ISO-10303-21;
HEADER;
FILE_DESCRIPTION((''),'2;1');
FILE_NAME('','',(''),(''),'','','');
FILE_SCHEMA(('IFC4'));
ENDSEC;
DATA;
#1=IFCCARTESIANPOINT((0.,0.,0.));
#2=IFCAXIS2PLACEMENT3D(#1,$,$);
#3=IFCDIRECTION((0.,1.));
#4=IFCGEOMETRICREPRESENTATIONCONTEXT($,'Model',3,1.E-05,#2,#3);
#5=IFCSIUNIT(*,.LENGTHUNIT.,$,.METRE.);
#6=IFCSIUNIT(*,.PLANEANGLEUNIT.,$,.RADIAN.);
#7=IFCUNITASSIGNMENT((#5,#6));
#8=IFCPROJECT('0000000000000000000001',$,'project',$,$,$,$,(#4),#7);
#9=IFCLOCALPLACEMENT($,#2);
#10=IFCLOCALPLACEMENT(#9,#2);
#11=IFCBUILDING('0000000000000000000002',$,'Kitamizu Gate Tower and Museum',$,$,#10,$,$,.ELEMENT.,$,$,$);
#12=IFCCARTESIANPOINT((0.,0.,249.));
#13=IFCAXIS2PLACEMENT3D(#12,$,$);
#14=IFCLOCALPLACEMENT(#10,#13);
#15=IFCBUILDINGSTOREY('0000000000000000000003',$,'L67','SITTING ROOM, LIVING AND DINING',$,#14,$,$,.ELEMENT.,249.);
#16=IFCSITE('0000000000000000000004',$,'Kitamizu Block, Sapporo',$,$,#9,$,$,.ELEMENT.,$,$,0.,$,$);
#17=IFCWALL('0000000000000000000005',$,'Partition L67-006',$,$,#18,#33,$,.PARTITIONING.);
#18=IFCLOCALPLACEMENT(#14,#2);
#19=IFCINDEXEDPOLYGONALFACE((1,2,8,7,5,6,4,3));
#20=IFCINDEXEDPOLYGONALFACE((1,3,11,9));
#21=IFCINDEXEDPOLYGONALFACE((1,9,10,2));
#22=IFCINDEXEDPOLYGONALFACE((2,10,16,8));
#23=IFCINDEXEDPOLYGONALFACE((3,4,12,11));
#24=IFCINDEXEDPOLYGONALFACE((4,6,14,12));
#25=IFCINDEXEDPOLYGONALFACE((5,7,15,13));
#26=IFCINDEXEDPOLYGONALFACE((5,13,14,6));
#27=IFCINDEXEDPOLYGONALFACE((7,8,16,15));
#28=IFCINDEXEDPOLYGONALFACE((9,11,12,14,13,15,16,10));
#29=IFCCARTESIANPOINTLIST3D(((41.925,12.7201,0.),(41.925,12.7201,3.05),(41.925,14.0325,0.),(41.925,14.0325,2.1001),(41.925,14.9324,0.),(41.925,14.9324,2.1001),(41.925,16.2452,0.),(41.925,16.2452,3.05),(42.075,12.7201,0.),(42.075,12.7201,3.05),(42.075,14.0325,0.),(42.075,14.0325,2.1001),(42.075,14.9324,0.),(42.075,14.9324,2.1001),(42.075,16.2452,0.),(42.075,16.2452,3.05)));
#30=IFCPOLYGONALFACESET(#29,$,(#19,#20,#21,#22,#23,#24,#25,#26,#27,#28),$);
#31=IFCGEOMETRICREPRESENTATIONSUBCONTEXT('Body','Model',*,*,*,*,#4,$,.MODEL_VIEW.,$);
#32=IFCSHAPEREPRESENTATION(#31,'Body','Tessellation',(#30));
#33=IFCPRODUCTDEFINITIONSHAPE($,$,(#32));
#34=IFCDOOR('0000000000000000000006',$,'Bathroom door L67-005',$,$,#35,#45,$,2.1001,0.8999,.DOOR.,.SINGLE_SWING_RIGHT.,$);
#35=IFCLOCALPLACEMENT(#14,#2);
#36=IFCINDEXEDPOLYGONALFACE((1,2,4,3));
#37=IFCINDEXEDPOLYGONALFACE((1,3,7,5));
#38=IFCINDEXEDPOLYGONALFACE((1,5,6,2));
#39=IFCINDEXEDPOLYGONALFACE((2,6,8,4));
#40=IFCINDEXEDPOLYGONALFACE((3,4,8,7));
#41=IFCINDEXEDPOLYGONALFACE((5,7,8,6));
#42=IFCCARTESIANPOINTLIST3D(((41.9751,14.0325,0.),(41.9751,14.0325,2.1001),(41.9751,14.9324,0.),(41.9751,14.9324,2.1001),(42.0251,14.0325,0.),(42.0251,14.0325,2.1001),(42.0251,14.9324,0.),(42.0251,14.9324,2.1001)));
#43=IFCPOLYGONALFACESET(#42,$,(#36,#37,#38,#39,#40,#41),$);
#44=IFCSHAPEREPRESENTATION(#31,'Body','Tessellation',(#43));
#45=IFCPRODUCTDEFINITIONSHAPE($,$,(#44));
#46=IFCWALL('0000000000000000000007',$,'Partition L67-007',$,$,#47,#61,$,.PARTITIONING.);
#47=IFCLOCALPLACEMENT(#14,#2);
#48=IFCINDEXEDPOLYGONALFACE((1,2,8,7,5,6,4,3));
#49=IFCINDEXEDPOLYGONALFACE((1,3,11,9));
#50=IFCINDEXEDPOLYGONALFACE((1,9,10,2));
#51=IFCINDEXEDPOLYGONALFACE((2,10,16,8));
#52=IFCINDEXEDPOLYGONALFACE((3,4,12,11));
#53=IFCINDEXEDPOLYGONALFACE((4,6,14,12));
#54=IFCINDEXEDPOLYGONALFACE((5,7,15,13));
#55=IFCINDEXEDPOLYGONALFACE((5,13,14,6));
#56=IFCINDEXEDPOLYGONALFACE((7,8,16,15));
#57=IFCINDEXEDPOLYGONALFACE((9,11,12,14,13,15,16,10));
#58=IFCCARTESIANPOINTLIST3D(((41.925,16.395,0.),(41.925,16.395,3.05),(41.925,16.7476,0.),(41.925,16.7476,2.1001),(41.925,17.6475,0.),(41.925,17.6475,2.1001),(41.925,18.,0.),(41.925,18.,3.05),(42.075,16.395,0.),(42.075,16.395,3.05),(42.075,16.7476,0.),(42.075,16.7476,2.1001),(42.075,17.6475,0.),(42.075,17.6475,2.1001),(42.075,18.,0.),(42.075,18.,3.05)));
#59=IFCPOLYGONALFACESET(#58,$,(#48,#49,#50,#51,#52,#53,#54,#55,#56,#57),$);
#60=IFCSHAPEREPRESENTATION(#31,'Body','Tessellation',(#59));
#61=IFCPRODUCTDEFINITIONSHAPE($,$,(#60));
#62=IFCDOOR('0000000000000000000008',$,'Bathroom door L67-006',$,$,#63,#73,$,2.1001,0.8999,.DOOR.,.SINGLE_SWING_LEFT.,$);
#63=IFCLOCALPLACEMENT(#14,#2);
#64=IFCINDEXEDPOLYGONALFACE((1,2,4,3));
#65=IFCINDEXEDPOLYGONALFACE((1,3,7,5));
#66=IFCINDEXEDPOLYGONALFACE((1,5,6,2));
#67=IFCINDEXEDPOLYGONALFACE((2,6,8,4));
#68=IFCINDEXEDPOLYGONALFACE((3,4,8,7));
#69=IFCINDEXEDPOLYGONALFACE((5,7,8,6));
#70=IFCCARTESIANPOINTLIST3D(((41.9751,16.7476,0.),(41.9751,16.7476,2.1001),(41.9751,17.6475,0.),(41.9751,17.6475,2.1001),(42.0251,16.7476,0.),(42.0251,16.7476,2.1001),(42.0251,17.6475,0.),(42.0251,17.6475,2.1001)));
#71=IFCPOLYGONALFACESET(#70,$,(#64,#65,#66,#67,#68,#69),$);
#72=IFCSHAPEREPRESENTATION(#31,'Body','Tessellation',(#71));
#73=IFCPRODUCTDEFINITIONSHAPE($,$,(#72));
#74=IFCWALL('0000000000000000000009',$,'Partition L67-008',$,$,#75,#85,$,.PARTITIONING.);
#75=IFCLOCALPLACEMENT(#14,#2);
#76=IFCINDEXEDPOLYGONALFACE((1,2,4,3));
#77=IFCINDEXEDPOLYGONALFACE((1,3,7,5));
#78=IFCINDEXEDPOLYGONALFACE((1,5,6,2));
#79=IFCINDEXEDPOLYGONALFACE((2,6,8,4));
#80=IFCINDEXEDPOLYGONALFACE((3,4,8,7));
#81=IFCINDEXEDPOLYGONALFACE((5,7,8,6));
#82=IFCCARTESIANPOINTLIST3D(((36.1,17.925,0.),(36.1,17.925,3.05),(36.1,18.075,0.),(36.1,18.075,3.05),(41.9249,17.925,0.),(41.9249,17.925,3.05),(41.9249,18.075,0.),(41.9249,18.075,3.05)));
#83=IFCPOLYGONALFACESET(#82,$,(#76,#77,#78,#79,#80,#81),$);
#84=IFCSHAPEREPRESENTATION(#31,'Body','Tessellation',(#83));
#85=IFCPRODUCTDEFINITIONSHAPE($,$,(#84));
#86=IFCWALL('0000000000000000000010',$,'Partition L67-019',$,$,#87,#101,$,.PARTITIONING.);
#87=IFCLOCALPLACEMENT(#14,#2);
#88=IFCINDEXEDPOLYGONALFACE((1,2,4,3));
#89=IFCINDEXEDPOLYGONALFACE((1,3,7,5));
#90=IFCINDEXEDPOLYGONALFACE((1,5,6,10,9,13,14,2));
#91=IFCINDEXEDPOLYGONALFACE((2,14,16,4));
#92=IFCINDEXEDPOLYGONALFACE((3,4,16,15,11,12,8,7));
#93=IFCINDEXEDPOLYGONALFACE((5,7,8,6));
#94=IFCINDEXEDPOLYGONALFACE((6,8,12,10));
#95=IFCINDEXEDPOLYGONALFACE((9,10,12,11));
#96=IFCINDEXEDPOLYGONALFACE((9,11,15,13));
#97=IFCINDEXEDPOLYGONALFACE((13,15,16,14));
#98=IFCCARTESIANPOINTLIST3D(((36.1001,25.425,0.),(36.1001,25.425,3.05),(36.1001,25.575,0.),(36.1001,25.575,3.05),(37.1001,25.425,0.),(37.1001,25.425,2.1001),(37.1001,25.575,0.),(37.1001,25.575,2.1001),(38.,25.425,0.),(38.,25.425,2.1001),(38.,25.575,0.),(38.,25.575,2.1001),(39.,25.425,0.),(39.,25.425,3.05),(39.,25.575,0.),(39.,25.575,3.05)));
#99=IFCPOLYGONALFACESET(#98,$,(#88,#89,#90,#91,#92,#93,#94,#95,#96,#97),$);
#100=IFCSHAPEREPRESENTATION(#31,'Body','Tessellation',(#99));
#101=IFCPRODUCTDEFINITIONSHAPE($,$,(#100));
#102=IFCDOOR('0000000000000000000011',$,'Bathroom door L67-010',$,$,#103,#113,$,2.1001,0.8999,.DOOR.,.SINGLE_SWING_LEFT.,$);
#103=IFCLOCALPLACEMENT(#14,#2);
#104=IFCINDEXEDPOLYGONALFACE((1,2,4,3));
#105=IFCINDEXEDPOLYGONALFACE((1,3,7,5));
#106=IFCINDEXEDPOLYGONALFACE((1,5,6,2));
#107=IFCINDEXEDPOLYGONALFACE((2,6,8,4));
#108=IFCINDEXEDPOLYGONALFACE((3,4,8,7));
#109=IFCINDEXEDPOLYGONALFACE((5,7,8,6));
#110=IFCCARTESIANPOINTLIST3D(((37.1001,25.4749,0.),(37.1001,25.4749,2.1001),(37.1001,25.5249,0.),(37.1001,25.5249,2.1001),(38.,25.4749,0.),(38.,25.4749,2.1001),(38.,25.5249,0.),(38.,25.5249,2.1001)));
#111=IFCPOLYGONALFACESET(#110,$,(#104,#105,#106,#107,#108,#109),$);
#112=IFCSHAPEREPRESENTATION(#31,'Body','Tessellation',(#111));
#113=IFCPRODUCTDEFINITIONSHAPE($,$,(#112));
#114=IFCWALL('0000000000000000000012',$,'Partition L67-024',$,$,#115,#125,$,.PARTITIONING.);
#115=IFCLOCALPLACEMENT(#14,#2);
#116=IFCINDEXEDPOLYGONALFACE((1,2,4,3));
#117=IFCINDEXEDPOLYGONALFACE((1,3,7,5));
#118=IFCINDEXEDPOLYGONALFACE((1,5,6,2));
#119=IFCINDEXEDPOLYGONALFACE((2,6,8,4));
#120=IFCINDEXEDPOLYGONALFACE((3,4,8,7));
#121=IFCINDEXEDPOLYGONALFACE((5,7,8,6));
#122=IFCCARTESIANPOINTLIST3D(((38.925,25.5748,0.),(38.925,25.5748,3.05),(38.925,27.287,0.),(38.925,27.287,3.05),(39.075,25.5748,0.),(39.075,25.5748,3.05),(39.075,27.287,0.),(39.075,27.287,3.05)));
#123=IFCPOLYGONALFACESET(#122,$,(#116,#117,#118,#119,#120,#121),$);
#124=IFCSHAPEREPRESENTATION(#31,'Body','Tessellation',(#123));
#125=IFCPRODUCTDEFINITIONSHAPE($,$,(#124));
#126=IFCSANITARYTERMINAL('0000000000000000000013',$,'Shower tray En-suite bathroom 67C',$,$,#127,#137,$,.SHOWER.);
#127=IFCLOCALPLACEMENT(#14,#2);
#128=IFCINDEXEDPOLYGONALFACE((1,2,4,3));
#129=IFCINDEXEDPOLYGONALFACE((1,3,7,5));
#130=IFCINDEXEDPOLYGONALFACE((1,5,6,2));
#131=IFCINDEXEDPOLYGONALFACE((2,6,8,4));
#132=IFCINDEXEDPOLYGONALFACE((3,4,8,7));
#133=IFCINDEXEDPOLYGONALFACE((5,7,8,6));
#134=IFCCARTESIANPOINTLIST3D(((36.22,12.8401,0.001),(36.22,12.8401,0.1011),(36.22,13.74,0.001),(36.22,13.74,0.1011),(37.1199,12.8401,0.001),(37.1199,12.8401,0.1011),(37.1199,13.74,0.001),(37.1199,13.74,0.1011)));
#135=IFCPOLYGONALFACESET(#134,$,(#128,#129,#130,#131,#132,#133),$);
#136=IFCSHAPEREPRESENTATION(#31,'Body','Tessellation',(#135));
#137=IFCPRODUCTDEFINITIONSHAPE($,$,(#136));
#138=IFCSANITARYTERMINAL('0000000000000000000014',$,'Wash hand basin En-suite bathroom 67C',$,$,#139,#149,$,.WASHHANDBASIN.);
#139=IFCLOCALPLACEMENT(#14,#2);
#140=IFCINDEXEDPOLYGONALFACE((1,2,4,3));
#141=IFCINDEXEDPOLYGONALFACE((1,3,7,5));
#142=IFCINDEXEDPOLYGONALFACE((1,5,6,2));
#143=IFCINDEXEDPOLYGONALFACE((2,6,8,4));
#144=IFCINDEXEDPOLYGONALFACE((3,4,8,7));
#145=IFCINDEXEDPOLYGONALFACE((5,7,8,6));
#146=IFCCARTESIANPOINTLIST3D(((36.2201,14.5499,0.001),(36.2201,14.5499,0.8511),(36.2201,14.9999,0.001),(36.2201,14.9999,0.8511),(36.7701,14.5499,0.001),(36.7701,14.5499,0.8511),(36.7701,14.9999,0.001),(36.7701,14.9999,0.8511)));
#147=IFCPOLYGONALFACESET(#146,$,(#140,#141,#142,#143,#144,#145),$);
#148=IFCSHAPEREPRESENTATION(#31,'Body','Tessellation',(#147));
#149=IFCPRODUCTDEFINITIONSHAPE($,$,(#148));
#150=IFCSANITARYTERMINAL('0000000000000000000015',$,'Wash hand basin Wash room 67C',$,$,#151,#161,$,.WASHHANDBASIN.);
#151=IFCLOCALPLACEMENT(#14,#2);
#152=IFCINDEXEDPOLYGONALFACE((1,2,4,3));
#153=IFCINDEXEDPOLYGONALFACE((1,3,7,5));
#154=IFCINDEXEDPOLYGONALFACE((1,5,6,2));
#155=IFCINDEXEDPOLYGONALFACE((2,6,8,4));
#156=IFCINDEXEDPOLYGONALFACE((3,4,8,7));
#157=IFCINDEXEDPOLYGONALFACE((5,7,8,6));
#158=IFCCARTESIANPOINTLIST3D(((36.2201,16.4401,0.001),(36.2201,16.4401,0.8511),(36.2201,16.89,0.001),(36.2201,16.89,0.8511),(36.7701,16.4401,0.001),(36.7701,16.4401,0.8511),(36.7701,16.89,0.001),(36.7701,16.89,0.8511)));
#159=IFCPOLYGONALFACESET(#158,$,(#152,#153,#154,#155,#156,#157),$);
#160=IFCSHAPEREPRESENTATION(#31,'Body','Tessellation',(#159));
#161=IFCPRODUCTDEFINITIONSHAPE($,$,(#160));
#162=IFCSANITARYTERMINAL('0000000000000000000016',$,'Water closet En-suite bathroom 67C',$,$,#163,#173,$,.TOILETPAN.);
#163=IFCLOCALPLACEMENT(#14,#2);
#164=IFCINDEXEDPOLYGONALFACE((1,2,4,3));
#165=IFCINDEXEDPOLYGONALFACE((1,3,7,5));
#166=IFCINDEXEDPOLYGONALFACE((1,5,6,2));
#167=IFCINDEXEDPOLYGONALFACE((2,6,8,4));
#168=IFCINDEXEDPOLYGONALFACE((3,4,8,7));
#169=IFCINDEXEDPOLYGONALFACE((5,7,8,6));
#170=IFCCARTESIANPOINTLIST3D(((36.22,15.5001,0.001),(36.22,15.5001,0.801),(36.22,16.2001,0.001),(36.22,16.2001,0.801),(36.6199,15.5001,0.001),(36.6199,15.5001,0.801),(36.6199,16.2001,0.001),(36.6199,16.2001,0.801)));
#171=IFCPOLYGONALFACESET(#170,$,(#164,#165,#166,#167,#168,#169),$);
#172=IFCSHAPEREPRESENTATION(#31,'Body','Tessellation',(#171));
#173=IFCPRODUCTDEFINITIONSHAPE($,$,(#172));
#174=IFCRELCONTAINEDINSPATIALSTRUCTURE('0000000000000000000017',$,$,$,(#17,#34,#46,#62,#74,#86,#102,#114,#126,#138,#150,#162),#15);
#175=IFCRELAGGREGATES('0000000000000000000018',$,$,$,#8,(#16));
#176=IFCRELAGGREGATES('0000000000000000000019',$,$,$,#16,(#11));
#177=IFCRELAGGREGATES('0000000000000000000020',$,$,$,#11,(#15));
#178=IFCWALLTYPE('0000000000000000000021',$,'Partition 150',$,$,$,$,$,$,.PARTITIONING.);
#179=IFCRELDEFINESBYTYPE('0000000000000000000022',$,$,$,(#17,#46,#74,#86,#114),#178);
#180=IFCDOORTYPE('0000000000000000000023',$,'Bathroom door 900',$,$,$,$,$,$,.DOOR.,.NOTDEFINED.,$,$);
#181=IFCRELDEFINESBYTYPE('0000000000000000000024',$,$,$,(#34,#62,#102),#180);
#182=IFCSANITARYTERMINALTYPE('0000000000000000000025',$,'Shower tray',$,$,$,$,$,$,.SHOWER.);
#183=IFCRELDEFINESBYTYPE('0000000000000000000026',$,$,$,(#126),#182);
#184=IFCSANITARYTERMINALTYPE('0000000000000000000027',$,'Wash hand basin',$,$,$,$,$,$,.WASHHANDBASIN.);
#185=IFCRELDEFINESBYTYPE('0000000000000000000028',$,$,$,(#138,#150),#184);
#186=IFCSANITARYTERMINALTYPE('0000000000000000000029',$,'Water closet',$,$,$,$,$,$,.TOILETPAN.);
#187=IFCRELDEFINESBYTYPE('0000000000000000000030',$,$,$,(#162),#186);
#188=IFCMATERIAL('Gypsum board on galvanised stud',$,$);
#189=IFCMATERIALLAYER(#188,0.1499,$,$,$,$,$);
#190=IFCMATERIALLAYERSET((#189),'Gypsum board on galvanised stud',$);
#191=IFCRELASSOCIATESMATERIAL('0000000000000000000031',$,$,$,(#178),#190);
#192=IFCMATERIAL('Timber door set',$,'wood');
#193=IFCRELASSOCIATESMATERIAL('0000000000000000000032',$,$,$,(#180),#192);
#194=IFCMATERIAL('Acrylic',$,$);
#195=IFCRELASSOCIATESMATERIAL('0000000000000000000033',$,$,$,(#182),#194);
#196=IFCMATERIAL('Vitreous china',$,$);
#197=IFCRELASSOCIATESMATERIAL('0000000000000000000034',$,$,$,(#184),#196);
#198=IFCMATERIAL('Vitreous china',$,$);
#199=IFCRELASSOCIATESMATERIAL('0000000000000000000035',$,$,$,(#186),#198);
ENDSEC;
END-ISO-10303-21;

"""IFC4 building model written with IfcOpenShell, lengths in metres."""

from ifc_helpers import new_model, si_unit, direction, frame, frame_2d, origin, origin_2d, place, context, subcontext, project, spatial, rectangle, extrude, material, layer, layer_set, type_object, element, fill, save


model = new_model("IFC4")

# Units and contexts
model_context = context("Model", 3, precision=1e-05, world=origin(), true_north=direction((0.0, 1.0)))
body_context = subcontext(model_context, "Body", "Model", "MODEL_VIEW")
ifc_project = project(units=[si_unit("LENGTHUNIT", "METRE"), si_unit("PLANEANGLEUNIT", "RADIAN")], contexts=[model_context])

# Site, building, storey
site_placement = place(None, origin())
site = spatial("IfcSite", under=ifc_project, at=site_placement, Name="Kitamizu Block, Sapporo", CompositionType="ELEMENT", RefElevation=0.0)
building_placement = place(site_placement, origin())
building = spatial("IfcBuilding", under=site, at=building_placement, Name="Kitamizu Gate Tower and Museum", CompositionType="ELEMENT")
storey_placement = place(building_placement, frame((0.0, 0.0, 249.0)))
storey = spatial("IfcBuildingStorey", under=building, at=storey_placement, Name="L67", Description="SITTING ROOM, LIVING AND DINING", CompositionType="ELEMENT", Elevation=249.0)

# Shared definitions
ifc_material_1 = material(Name="Gypsum board on galvanised stud")
ifc_layer_1 = layer(ifc_material_1, 0.1499)
ifc_layer_set_1 = layer_set([ifc_layer_1], Name="Gypsum board on galvanised stud")
wall_type_1 = type_object("IfcWallType", Name="Partition 150", PredefinedType="PARTITIONING", material=ifc_layer_set_1)

# Walls, openings, doors
wall_1_placement = place(storey_placement, frame((42.0, 12.72, 0.0), z_axis=(0.0, 0.0, 1.0), x_axis=(0.0, 1.0, 0.0)))
wall_1 = element("IfcWall", 1, at=wall_1_placement, inside=storey, type_object=wall_type_1, Name="Partition L67-006", PredefinedType="PARTITIONING", context=body_context, shape_type="SweptSolid", body=[
    extrude(rectangle(XDim=3.5251, YDim=0.1499, at=frame_2d((1.7627, 0.0))), origin(), (0.0, 0.0, 1.0), 3.05),
])
opening_1_placement = place(wall_1_placement, frame((1.3125, 0.0, 0.0)))
opening_1 = element("IfcOpeningElement", 2, at=opening_1_placement, cuts=wall_1, PredefinedType="OPENING", context=body_context, shape_type="SweptSolid", body=[
    extrude(rectangle(XDim=0.8999, YDim=2.1001, at=frame_2d((0.45, 1.05))), frame((0.0, 0.085, 0.0), z_axis=(0.0, -1.0, 0.0), x_axis=(1.0, 0.0, 0.0)), (0.0, 0.0, 1.0), 0.1699),
])
ifc_material_2 = material(Name="Timber door set", Category="wood")
door_type_1 = type_object("IfcDoorType", Name="Bathroom door 900", OperationType="NOTDEFINED", PredefinedType="DOOR", material=ifc_material_2)
door_1_placement = place(opening_1_placement, origin())
door_1 = element("IfcDoor", 3, at=door_1_placement, inside=storey, type_object=door_type_1, Name="Bathroom door L67-005", OperationType="SINGLE_SWING_RIGHT", OverallHeight=2.1001, OverallWidth=0.8999, PredefinedType="DOOR", context=body_context, shape_type="SweptSolid", body=[
    extrude(rectangle(XDim=0.8999, YDim=2.1001, at=frame_2d((0.45, 1.05))), frame((0.0, 0.0249, 0.0), z_axis=(0.0, -1.0, 0.0), x_axis=(1.0, 0.0, 0.0)), (0.0, 0.0, 1.0), 0.05),
])
fill(opening_1, door_1)
wall_2_placement = place(storey_placement, frame((42.0, 16.395, 0.0), z_axis=(0.0, 0.0, 1.0), x_axis=(0.0, 1.0, 0.0)))
wall_2 = element("IfcWall", 4, at=wall_2_placement, inside=storey, type_object=wall_type_1, Name="Partition L67-007", PredefinedType="PARTITIONING", context=body_context, shape_type="SweptSolid", body=[
    extrude(rectangle(XDim=1.605, YDim=0.1499, at=frame_2d((0.8025, 0.0))), origin(), (0.0, 0.0, 1.0), 3.05),
])
opening_2_placement = place(wall_2_placement, frame((0.3525, 0.0, 0.0)))
opening_2 = element("IfcOpeningElement", 5, at=opening_2_placement, cuts=wall_2, PredefinedType="OPENING", context=body_context, shape_type="SweptSolid", body=[
    extrude(rectangle(XDim=0.8999, YDim=2.1001, at=frame_2d((0.45, 1.05))), frame((0.0, 0.085, 0.0), z_axis=(0.0, -1.0, 0.0), x_axis=(1.0, 0.0, 0.0)), (0.0, 0.0, 1.0), 0.1699),
])
door_2_placement = place(opening_2_placement, origin())
door_2 = element("IfcDoor", 6, at=door_2_placement, inside=storey, type_object=door_type_1, Name="Bathroom door L67-006", OperationType="SINGLE_SWING_LEFT", OverallHeight=2.1001, OverallWidth=0.8999, PredefinedType="DOOR", context=body_context, shape_type="SweptSolid", body=[
    extrude(rectangle(XDim=0.8999, YDim=2.1001, at=frame_2d((0.45, 1.05))), frame((0.0, 0.0249, 0.0), z_axis=(0.0, -1.0, 0.0), x_axis=(1.0, 0.0, 0.0)), (0.0, 0.0, 1.0), 0.05),
])
fill(opening_2, door_2)

# Wall
wall_3_placement = place(storey_placement, frame((41.925, 18.0, 0.0), z_axis=(0.0, 0.0, 1.0), x_axis=(-1.0, 0.0, 0.0)))
element("IfcWall", 7, at=wall_3_placement, inside=storey, type_object=wall_type_1, Name="Partition L67-008", PredefinedType="PARTITIONING", context=body_context, shape_type="SweptSolid", body=[
    extrude(rectangle(XDim=5.825, YDim=0.1499, at=frame_2d((2.9126, 0.0))), origin(), (0.0, 0.0, 1.0), 3.05),
])

# Wall, opening, door
wall_4_placement = place(storey_placement, frame((39.0, 25.5, 0.0), z_axis=(0.0, 0.0, 1.0), x_axis=(-1.0, 0.0, 0.0)))
wall_4 = element("IfcWall", 8, at=wall_4_placement, inside=storey, type_object=wall_type_1, Name="Partition L67-019", PredefinedType="PARTITIONING", context=body_context, shape_type="SweptSolid", body=[
    extrude(rectangle(XDim=2.8999, YDim=0.1499, at=frame_2d((1.45, 0.0))), origin(), (0.0, 0.0, 1.0), 3.05),
])
opening_3_placement = place(wall_4_placement, frame((1.0, 0.0, 0.0)))
opening_3 = element("IfcOpeningElement", 9, at=opening_3_placement, cuts=wall_4, PredefinedType="OPENING", context=body_context, shape_type="SweptSolid", body=[
    extrude(rectangle(XDim=0.8999, YDim=2.1001, at=frame_2d((0.45, 1.05))), frame((0.0, 0.085, 0.0), z_axis=(0.0, -1.0, 0.0), x_axis=(1.0, 0.0, 0.0)), (0.0, 0.0, 1.0), 0.1699),
])
door_3_placement = place(opening_3_placement, frame((0.8999, 0.0, 0.0), x_axis=(-1.0, 0.0, 0.0)))
door_3 = element("IfcDoor", 10, at=door_3_placement, inside=storey, type_object=door_type_1, Name="Bathroom door L67-010", OperationType="SINGLE_SWING_LEFT", OverallHeight=2.1001, OverallWidth=0.8999, PredefinedType="DOOR", context=body_context, shape_type="SweptSolid", body=[
    extrude(rectangle(XDim=0.8999, YDim=2.1001, at=frame_2d((0.45, 1.05))), frame((0.0, 0.0249, 0.0), z_axis=(0.0, -1.0, 0.0), x_axis=(1.0, 0.0, 0.0)), (0.0, 0.0, 1.0), 0.05),
])
fill(opening_3, door_3)

# Wall
wall_5_placement = place(storey_placement, frame((39.0, 25.575, 0.0), z_axis=(0.0, 0.0, 1.0), x_axis=(0.0, 1.0, 0.0)))
element("IfcWall", 11, at=wall_5_placement, inside=storey, type_object=wall_type_1, Name="Partition L67-024", PredefinedType="PARTITIONING", context=body_context, shape_type="SweptSolid", body=[
    extrude(rectangle(XDim=1.7122, YDim=0.1499, at=frame_2d((0.856, 0.0))), origin(), (0.0, 0.0, 1.0), 3.05),
])

# Sanitary terminals
ifc_material_3 = material(Name="Acrylic")
sanitary_terminal_type_1 = type_object("IfcSanitaryTerminalType", Name="Shower tray", PredefinedType="SHOWER", material=ifc_material_3)
sanitary_terminal_1_placement = place(storey_placement, frame((36.6699, 13.29, 0.001), z_axis=(0.0, 0.0, 1.0), x_axis=(1.0, 0.0, 0.0)))
element("IfcSanitaryTerminal", 12, at=sanitary_terminal_1_placement, inside=storey, type_object=sanitary_terminal_type_1, Name="Shower tray En-suite bathroom 67C", PredefinedType="SHOWER", context=body_context, shape_type="SweptSolid", body=[
    extrude(rectangle(XDim=0.8999, YDim=0.8999, at=origin_2d()), origin(), (0.0, 0.0, 1.0), 0.1001),
])
ifc_material_4 = material(Name="Vitreous china")
sanitary_terminal_type_2 = type_object("IfcSanitaryTerminalType", Name="Wash hand basin", PredefinedType="WASHHANDBASIN", material=ifc_material_4)
for number, where, z_axis, x_axis, name in (
    (13, (36.4951, 14.7749, 0.001), (0.0, 0.0, 1.0), (1.0, 0.0, 0.0), "Wash hand basin En-suite bathroom 67C"),
    (14, (36.4951, 16.665, 0.001), (0.0, 0.0, 1.0), (1.0, 0.0, 0.0), "Wash hand basin Wash room 67C"),
):
    element("IfcSanitaryTerminal", number, at=place(storey_placement, frame(where, z_axis=z_axis, x_axis=x_axis)), inside=storey, type_object=sanitary_terminal_type_2, Name=name, PredefinedType="WASHHANDBASIN", context=body_context, shape_type="SweptSolid", body=[
        extrude(rectangle(XDim=0.55, YDim=0.45, at=origin_2d()), origin(), (0.0, 0.0, 1.0), 0.8501),
    ])
ifc_material_5 = material(Name="Vitreous china")
sanitary_terminal_type_3 = type_object("IfcSanitaryTerminalType", Name="Water closet", PredefinedType="TOILETPAN", material=ifc_material_5)
sanitary_terminal_2_placement = place(storey_placement, frame((36.4199, 15.8501, 0.001), z_axis=(0.0, 0.0, 1.0), x_axis=(1.0, 0.0, 0.0)))
element("IfcSanitaryTerminal", 15, at=sanitary_terminal_2_placement, inside=storey, type_object=sanitary_terminal_type_3, Name="Water closet En-suite bathroom 67C", PredefinedType="TOILETPAN", context=body_context, shape_type="SweptSolid", body=[
    extrude(rectangle(XDim=0.3999, YDim=0.7, at=origin_2d()), origin(), (0.0, 0.0, 1.0), 0.8),
])

save(model, "model.ifc")
